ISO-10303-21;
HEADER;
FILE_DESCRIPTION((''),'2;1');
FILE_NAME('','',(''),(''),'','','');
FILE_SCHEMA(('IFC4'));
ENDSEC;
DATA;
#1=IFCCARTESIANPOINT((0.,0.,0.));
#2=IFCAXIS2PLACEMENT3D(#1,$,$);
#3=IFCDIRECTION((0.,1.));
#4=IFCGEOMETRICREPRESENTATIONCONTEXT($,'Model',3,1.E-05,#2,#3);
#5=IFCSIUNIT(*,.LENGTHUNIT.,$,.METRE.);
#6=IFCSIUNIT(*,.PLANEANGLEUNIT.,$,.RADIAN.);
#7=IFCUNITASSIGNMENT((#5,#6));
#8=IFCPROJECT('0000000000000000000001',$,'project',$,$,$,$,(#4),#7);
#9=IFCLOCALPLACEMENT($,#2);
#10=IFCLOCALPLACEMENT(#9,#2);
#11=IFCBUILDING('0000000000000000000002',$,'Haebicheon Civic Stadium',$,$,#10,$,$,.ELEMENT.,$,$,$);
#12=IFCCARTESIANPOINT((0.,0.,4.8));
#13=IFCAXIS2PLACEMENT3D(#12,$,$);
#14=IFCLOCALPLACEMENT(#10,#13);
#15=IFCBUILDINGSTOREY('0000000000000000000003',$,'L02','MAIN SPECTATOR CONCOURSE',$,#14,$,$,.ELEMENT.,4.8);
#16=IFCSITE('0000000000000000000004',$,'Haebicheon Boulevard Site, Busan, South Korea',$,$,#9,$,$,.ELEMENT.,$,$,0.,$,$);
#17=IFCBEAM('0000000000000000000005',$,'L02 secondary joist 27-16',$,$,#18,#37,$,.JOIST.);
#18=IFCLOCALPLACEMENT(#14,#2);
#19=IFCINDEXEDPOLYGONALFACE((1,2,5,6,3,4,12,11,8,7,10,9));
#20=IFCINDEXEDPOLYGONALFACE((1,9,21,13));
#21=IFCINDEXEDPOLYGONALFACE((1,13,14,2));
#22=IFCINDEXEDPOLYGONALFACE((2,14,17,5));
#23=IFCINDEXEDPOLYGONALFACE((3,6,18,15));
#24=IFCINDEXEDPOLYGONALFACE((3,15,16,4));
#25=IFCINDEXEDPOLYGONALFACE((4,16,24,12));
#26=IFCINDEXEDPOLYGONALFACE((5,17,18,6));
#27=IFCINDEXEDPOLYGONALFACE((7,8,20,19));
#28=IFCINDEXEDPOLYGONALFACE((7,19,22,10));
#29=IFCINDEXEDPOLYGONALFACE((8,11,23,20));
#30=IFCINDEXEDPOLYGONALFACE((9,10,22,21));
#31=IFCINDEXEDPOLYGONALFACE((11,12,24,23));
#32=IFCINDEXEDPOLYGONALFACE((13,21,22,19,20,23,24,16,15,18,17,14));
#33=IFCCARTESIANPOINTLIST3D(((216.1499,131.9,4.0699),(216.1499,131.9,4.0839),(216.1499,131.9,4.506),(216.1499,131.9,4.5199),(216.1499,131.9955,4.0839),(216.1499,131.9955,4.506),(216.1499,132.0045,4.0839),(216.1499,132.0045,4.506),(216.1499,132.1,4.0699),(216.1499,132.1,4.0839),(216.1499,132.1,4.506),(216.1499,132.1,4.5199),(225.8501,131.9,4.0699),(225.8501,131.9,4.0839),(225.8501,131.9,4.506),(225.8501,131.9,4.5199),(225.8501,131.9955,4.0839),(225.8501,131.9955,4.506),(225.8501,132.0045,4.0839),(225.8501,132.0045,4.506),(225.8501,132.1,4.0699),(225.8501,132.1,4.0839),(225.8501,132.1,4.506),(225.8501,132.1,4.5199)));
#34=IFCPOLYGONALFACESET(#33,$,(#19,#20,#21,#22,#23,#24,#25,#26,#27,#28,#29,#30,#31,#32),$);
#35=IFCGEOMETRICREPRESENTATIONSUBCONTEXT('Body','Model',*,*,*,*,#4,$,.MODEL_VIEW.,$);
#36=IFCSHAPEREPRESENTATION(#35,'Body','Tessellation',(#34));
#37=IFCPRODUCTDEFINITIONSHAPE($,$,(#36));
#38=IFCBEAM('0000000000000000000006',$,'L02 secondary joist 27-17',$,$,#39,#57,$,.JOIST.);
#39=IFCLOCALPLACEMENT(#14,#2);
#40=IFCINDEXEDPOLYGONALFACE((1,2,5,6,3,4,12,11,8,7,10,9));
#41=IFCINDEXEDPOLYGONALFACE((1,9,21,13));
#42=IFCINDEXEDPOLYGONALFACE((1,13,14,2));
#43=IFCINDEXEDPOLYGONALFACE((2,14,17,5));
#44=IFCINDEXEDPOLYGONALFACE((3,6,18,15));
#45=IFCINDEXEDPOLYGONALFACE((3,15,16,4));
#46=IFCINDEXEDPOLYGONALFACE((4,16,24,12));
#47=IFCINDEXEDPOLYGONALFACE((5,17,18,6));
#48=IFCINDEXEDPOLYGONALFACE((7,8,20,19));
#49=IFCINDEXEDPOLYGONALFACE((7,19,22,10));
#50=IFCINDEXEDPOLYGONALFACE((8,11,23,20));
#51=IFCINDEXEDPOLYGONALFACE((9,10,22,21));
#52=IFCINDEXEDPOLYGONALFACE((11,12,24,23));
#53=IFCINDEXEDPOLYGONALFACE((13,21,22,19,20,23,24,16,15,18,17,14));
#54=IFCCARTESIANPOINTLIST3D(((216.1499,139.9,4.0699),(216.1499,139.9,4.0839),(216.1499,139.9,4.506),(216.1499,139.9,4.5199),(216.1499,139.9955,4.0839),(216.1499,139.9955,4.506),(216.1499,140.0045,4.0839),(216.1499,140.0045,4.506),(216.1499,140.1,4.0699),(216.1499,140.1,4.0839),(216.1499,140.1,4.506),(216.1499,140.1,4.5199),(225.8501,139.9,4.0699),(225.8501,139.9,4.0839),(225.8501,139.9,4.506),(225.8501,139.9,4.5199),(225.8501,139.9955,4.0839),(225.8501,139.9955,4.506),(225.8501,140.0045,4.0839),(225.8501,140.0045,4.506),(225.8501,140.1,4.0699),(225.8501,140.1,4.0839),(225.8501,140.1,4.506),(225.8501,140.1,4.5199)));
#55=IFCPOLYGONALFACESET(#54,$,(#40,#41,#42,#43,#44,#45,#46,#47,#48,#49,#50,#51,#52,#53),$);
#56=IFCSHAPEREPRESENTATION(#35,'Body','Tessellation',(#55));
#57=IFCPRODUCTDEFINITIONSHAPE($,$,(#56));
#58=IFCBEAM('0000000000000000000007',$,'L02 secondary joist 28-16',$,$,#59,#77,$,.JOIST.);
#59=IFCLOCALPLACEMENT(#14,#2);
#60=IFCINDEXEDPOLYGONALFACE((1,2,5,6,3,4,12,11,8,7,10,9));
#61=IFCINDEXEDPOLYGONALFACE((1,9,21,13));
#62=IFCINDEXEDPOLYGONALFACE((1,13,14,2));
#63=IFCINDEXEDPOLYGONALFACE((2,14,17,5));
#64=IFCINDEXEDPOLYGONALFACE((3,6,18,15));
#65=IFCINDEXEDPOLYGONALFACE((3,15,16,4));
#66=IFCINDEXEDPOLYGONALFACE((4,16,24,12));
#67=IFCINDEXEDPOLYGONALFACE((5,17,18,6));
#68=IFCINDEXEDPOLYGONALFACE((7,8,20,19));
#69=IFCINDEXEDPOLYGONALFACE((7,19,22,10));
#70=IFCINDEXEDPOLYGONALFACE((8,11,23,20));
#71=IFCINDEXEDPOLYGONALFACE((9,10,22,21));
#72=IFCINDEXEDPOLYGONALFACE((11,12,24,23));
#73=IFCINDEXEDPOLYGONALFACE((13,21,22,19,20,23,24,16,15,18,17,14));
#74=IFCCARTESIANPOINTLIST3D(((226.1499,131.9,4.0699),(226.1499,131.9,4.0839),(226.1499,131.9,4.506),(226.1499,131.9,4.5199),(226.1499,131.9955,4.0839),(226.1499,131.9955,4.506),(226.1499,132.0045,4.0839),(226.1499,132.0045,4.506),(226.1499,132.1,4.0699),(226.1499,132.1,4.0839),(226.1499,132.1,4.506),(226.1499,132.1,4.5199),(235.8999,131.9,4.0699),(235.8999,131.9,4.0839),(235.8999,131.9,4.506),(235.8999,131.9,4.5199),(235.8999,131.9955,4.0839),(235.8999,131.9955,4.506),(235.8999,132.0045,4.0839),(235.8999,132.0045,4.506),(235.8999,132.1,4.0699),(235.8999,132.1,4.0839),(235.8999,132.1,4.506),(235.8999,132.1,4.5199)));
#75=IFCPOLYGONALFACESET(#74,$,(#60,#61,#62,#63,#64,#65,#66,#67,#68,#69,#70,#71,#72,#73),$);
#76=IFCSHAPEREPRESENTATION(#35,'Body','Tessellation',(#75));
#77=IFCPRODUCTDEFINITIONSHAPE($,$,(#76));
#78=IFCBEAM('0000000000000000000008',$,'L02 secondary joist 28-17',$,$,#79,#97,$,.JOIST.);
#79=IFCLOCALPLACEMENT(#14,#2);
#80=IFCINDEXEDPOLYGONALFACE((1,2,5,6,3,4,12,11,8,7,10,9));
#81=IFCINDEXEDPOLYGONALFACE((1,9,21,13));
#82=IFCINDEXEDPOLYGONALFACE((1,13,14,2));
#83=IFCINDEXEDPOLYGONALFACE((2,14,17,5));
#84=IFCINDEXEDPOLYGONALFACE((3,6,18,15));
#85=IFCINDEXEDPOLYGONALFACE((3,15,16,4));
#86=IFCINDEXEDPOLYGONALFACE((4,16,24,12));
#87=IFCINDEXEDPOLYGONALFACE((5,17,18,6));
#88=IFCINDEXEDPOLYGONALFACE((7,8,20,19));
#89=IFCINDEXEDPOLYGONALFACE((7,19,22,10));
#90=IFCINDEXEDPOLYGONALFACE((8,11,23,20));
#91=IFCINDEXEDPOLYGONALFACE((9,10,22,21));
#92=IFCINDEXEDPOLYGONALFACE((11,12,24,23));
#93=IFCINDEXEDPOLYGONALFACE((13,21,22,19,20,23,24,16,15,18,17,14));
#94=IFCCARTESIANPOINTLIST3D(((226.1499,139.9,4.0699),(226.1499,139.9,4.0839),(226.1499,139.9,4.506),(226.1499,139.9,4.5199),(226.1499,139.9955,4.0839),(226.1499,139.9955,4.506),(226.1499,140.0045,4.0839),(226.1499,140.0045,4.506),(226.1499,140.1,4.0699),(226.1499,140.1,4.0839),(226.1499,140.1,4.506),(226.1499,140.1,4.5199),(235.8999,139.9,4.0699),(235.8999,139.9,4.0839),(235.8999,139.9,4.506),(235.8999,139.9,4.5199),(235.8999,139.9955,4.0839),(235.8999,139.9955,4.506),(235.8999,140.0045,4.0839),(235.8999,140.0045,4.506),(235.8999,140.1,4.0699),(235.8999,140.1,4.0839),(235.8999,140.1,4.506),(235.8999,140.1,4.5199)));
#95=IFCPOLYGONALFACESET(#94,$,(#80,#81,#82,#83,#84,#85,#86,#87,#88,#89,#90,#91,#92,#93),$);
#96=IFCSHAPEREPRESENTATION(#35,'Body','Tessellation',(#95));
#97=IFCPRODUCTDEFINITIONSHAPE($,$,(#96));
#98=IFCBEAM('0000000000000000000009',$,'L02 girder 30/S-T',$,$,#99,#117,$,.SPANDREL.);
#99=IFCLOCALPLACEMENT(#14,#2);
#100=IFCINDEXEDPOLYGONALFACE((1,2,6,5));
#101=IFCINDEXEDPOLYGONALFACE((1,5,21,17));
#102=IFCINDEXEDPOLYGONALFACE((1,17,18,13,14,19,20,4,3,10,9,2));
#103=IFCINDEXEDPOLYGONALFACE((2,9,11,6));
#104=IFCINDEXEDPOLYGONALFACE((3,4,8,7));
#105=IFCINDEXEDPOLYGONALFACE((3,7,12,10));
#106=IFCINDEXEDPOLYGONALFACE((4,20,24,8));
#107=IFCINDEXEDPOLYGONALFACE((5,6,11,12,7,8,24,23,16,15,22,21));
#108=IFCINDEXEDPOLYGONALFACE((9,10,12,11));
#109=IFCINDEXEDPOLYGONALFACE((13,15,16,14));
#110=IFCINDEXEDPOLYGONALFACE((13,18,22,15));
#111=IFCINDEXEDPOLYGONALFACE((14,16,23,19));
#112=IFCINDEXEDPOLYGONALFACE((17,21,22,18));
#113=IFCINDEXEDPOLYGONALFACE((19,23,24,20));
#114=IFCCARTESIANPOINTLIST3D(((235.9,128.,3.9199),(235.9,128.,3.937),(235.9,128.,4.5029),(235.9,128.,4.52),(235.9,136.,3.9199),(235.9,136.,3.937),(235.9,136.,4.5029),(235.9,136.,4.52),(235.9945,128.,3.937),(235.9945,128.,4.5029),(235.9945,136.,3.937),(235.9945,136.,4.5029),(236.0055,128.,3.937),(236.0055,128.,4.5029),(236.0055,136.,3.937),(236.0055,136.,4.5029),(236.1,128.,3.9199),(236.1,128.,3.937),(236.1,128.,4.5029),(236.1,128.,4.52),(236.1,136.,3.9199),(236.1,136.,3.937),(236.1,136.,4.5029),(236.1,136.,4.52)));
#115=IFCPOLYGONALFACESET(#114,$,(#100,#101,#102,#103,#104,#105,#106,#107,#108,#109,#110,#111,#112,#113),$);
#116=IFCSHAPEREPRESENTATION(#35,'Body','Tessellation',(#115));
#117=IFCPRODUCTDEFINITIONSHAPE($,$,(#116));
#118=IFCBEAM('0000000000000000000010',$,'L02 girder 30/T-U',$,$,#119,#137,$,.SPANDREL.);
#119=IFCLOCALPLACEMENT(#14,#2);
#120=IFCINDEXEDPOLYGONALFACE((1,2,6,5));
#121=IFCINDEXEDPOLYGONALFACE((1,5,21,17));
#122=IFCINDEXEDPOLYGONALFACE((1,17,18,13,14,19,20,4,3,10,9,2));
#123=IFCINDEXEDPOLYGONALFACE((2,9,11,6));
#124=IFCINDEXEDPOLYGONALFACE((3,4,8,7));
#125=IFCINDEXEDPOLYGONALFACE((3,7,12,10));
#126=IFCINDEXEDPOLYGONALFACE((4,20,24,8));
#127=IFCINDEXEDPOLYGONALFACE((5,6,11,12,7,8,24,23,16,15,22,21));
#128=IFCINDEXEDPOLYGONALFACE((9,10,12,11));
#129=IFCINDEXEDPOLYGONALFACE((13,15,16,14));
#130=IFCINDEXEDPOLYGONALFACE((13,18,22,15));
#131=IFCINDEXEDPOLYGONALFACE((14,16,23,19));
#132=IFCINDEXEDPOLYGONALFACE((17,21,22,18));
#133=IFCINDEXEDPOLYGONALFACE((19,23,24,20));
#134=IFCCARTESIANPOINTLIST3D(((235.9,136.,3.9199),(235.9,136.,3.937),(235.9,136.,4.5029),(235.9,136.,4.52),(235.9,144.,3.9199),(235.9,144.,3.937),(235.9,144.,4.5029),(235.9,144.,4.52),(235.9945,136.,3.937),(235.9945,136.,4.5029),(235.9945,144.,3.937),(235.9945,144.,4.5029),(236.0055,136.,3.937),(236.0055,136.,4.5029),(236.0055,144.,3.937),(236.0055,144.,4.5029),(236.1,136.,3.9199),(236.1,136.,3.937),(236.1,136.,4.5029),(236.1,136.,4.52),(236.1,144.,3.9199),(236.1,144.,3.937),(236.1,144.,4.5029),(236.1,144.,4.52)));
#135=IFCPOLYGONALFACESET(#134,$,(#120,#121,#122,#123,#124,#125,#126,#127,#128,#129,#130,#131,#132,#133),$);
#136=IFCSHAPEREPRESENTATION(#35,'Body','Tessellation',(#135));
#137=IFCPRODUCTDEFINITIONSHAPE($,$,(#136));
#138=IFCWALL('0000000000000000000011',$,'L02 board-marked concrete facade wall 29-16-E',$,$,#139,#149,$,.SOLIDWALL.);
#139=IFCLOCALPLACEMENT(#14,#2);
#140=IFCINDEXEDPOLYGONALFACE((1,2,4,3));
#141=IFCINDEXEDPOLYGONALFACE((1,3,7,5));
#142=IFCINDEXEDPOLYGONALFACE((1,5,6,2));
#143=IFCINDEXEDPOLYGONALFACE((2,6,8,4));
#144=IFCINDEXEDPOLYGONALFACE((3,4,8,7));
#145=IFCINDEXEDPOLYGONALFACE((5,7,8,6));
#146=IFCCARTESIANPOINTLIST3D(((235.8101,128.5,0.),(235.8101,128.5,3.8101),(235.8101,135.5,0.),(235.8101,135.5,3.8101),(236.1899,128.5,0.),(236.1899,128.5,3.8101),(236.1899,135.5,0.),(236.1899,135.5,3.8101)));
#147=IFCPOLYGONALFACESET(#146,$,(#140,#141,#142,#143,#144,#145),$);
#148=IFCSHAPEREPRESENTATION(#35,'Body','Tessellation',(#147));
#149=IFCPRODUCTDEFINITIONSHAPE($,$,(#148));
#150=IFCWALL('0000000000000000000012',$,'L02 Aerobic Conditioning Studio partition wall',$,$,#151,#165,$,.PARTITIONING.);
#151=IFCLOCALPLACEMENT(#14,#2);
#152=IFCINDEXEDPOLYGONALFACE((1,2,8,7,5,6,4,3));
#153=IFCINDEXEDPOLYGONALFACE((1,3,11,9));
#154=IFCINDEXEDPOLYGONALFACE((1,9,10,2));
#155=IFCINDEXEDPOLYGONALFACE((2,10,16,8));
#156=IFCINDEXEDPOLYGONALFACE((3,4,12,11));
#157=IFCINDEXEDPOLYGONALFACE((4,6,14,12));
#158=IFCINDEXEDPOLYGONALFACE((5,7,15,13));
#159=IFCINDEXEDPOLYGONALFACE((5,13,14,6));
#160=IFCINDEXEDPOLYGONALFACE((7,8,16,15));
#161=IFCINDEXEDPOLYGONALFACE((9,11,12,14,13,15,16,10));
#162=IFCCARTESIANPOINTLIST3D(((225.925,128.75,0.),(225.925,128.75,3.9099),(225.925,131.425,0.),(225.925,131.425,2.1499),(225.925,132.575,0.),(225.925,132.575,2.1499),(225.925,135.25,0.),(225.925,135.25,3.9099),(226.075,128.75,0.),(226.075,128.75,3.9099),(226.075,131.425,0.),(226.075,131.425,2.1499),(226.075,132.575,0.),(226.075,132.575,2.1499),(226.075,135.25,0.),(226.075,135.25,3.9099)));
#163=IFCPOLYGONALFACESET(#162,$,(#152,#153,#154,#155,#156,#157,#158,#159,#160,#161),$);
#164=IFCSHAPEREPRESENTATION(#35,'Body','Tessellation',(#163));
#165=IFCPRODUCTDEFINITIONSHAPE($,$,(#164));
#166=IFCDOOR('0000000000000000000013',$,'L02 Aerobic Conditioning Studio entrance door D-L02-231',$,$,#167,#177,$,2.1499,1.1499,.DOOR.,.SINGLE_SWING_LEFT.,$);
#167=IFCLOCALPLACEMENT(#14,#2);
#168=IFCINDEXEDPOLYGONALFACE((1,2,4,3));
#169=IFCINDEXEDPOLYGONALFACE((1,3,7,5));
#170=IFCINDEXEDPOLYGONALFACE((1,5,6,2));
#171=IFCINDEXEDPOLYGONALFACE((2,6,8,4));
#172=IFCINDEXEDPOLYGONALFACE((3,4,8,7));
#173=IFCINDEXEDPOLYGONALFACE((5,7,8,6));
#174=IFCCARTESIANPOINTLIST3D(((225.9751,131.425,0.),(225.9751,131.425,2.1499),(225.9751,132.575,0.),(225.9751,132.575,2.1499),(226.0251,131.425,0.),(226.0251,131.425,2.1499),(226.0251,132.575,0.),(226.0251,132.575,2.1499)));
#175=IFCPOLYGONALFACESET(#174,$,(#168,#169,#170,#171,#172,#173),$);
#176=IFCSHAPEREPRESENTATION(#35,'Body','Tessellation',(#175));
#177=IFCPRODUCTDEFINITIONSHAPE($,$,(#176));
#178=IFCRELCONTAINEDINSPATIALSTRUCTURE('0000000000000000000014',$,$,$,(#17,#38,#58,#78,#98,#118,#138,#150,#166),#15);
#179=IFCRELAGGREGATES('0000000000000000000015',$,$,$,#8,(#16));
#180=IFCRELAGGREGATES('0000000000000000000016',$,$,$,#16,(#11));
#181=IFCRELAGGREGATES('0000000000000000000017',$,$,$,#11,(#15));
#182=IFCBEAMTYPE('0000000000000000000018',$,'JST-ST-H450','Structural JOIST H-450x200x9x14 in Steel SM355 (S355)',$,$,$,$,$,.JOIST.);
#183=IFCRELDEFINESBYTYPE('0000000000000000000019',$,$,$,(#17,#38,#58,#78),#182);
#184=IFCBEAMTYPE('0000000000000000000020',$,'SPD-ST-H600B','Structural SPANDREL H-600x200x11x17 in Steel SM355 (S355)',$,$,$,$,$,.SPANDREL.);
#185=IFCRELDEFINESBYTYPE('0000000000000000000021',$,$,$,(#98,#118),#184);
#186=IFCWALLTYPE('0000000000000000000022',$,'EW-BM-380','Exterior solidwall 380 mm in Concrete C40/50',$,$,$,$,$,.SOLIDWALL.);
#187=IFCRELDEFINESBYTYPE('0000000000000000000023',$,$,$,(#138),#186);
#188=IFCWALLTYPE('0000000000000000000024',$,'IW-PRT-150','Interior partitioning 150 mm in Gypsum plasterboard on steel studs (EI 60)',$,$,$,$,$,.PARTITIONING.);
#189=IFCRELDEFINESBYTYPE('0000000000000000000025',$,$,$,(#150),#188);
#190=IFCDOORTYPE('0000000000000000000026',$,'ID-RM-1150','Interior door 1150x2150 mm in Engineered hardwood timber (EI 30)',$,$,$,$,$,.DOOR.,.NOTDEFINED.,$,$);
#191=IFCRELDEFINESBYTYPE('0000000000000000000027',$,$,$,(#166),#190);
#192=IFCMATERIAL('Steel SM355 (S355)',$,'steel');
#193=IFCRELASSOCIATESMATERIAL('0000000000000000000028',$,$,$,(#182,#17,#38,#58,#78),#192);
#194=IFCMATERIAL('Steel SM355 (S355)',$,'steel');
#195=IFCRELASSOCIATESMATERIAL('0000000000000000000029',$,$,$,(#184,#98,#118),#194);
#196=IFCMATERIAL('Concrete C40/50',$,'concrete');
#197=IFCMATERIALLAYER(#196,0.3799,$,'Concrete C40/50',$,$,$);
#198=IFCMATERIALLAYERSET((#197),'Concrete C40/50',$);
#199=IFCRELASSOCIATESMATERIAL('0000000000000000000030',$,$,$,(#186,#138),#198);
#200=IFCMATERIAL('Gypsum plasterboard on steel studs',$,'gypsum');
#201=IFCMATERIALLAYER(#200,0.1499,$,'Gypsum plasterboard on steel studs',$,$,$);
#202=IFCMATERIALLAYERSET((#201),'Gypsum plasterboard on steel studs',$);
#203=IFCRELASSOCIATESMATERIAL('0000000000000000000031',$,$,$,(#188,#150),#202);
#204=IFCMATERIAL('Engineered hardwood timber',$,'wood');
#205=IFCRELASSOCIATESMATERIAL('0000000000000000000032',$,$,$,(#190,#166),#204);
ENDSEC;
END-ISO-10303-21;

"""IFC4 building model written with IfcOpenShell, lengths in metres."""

from ifc_helpers import new_model, si_unit, direction, frame, frame_2d, origin, origin_2d, place, context, subcontext, project, spatial, rectangle, i_section, extrude, material, layer, layer_set, material_profile, profile_set, type_object, element, fill, save


model = new_model("IFC4")

# Units and contexts
model_context = context("Model", 3, precision=1e-05, world=origin(), true_north=direction((0.0, 1.0)))
body_context = subcontext(model_context, "Body", "Model", "MODEL_VIEW")
ifc_project = project(units=[si_unit("LENGTHUNIT", "METRE"), si_unit("PLANEANGLEUNIT", "RADIAN")], contexts=[model_context])

# Site, building, storey
site_placement = place(None, origin())
site = spatial("IfcSite", under=ifc_project, at=site_placement, Name="Haebicheon Boulevard Site, Busan, South Korea", CompositionType="ELEMENT", RefElevation=0.0)
building_placement = place(site_placement, origin())
building = spatial("IfcBuilding", under=site, at=building_placement, Name="Haebicheon Civic Stadium", CompositionType="ELEMENT")
storey_placement = place(building_placement, frame((0.0, 0.0, 4.8)))
storey = spatial("IfcBuildingStorey", under=building, at=storey_placement, Name="L02", Description="MAIN SPECTATOR CONCOURSE", CompositionType="ELEMENT", Elevation=4.8)

# Beams
ifc_material_1 = material(Name="Steel SM355 (S355)", Category="steel")
ifc_material_profile_1 = material_profile(ifc_material_1, i_section(OverallWidth=0.2, OverallDepth=0.45, WebThickness=0.009, FlangeThickness=0.0139, at=origin_2d()), Name="H-450x200x9x14")
ifc_profile_set_1 = profile_set([ifc_material_profile_1], Name="Steel SM355 (S355)")
beam_type_1 = type_object("IfcBeamType", Name="JST-ST-H450", Description="Structural JOIST H-450x200x9x14 in Steel SM355 (S355)", PredefinedType="JOIST", material=ifc_profile_set_1)
for number, where, z_axis, x_axis, name in (
    (1, (216.1499, 132.0, 4.2949), (1.0, 0.0, 0.0), (0.0, 1.0, 0.0), "L02 secondary joist 27-16"),
    (2, (216.1499, 140.0, 4.2949), (1.0, 0.0, 0.0), (0.0, 1.0, 0.0), "L02 secondary joist 27-17"),
):
    element("IfcBeam", number, at=place(storey_placement, frame(where, z_axis=z_axis, x_axis=x_axis)), inside=storey, type_object=beam_type_1, material=ifc_profile_set_1, Name=name, PredefinedType="JOIST", context=body_context, shape_type="SweptSolid", body=[
        extrude(i_section(OverallWidth=0.2, OverallDepth=0.45, WebThickness=0.009, FlangeThickness=0.0139, at=origin_2d()), origin(), (0.0, 0.0, 1.0), 9.7002),
    ])
for number, where, z_axis, x_axis, name in (
    (3, (226.1499, 132.0, 4.2949), (1.0, 0.0, 0.0), (0.0, 1.0, 0.0), "L02 secondary joist 28-16"),
    (4, (226.1499, 140.0, 4.2949), (1.0, 0.0, 0.0), (0.0, 1.0, 0.0), "L02 secondary joist 28-17"),
):
    element("IfcBeam", number, at=place(storey_placement, frame(where, z_axis=z_axis, x_axis=x_axis)), inside=storey, type_object=beam_type_1, material=ifc_profile_set_1, Name=name, PredefinedType="JOIST", context=body_context, shape_type="SweptSolid", body=[
        extrude(i_section(OverallWidth=0.2, OverallDepth=0.45, WebThickness=0.009, FlangeThickness=0.0139, at=origin_2d()), origin(), (0.0, 0.0, 1.0), 9.75),
    ])
ifc_material_2 = material(Name="Steel SM355 (S355)", Category="steel")
ifc_material_profile_2 = material_profile(ifc_material_2, i_section(OverallWidth=0.2, OverallDepth=0.6001, WebThickness=0.011, FlangeThickness=0.0171, at=origin_2d()), Name="H-600x200x11x17")
ifc_profile_set_2 = profile_set([ifc_material_profile_2], Name="Steel SM355 (S355)")
beam_type_2 = type_object("IfcBeamType", Name="SPD-ST-H600B", Description="Structural SPANDREL H-600x200x11x17 in Steel SM355 (S355)", PredefinedType="SPANDREL", material=ifc_profile_set_2)
for number, where, z_axis, x_axis, name in (
    (5, (236.0, 128.0, 4.22), (0.0, 1.0, 0.0), (-1.0, 0.0, 0.0), "L02 girder 30/S-T"),
    (6, (236.0, 136.0, 4.22), (0.0, 1.0, 0.0), (-1.0, 0.0, 0.0), "L02 girder 30/T-U"),
):
    element("IfcBeam", number, at=place(storey_placement, frame(where, z_axis=z_axis, x_axis=x_axis)), inside=storey, type_object=beam_type_2, material=ifc_profile_set_2, Name=name, PredefinedType="SPANDREL", context=body_context, shape_type="SweptSolid", body=[
        extrude(i_section(OverallWidth=0.2, OverallDepth=0.6001, WebThickness=0.011, FlangeThickness=0.0171, at=origin_2d()), origin(), (0.0, 0.0, 1.0), 8.0),
    ])

# Wall
ifc_material_3 = material(Name="Concrete C40/50", Category="concrete")
ifc_layer_1 = layer(ifc_material_3, 0.3799, Name="Concrete C40/50")
ifc_layer_set_1 = layer_set([ifc_layer_1], Name="Concrete C40/50")
wall_type_1 = type_object("IfcWallType", Name="EW-BM-380", Description="Exterior solidwall 380 mm in Concrete C40/50", PredefinedType="SOLIDWALL", material=ifc_layer_set_1)
wall_1_placement = place(storey_placement, frame((236.0, 128.5, 0.0), z_axis=(0.0, 0.0, 1.0), x_axis=(0.0, 1.0, 0.0)))
element("IfcWall", 7, at=wall_1_placement, inside=storey, type_object=wall_type_1, material=ifc_layer_set_1, Name="L02 board-marked concrete facade wall 29-16-E", PredefinedType="SOLIDWALL", context=body_context, shape_type="SweptSolid", body=[
    extrude(rectangle(XDim=7.0, YDim=0.3799, at=frame_2d((3.5, 0.0))), origin(), (0.0, 0.0, 1.0), 3.8101),
])

# Wall, opening, door
ifc_material_4 = material(Name="Gypsum plasterboard on steel studs", Category="gypsum")
ifc_layer_2 = layer(ifc_material_4, 0.1499, Name="Gypsum plasterboard on steel studs")
ifc_layer_set_2 = layer_set([ifc_layer_2], Name="Gypsum plasterboard on steel studs")
wall_type_2 = type_object("IfcWallType", Name="IW-PRT-150", Description="Interior partitioning 150 mm in Gypsum plasterboard on steel studs (EI 60)", PredefinedType="PARTITIONING", material=ifc_layer_set_2)
wall_2_placement = place(storey_placement, frame((226.0, 128.75, 0.0), z_axis=(0.0, 0.0, 1.0), x_axis=(0.0, 1.0, 0.0)))
wall_2 = element("IfcWall", 8, at=wall_2_placement, inside=storey, type_object=wall_type_2, material=ifc_layer_set_2, Name="L02 Aerobic Conditioning Studio partition wall", PredefinedType="PARTITIONING", context=body_context, shape_type="SweptSolid", body=[
    extrude(rectangle(XDim=6.5, YDim=0.1499, at=frame_2d((3.25, 0.0))), origin(), (0.0, 0.0, 1.0), 3.9099),
])
opening_placement = place(wall_2_placement, frame((2.675, 0.0, 0.0)))
opening = element("IfcOpeningElement", 9, at=opening_placement, cuts=wall_2, PredefinedType="OPENING", context=body_context, shape_type="SweptSolid", body=[
    extrude(rectangle(XDim=1.1499, YDim=2.1499, at=frame_2d((0.575, 1.075))), frame((0.0, 0.085, 0.0), z_axis=(0.0, -1.0, 0.0), x_axis=(1.0, 0.0, 0.0)), (0.0, 0.0, 1.0), 0.1699),
])
ifc_material_5 = material(Name="Engineered hardwood timber", Category="wood")
door_type = type_object("IfcDoorType", Name="ID-RM-1150", Description="Interior door 1150x2150 mm in Engineered hardwood timber (EI 30)", OperationType="NOTDEFINED", PredefinedType="DOOR", material=ifc_material_5)
door_placement = place(opening_placement, origin())
door = element("IfcDoor", 10, at=door_placement, inside=storey, type_object=door_type, material=ifc_material_5, Name="L02 Aerobic Conditioning Studio entrance door D-L02-231", OperationType="SINGLE_SWING_LEFT", OverallHeight=2.1499, OverallWidth=1.1499, PredefinedType="DOOR", context=body_context, shape_type="SweptSolid", body=[
    extrude(rectangle(XDim=1.1499, YDim=2.1499, at=frame_2d((0.575, 1.075))), frame((0.0, 0.0249, 0.0), z_axis=(0.0, -1.0, 0.0), x_axis=(1.0, 0.0, 0.0)), (0.0, 0.0, 1.0), 0.05),
])
fill(opening, door)

save(model, "model.ifc")
